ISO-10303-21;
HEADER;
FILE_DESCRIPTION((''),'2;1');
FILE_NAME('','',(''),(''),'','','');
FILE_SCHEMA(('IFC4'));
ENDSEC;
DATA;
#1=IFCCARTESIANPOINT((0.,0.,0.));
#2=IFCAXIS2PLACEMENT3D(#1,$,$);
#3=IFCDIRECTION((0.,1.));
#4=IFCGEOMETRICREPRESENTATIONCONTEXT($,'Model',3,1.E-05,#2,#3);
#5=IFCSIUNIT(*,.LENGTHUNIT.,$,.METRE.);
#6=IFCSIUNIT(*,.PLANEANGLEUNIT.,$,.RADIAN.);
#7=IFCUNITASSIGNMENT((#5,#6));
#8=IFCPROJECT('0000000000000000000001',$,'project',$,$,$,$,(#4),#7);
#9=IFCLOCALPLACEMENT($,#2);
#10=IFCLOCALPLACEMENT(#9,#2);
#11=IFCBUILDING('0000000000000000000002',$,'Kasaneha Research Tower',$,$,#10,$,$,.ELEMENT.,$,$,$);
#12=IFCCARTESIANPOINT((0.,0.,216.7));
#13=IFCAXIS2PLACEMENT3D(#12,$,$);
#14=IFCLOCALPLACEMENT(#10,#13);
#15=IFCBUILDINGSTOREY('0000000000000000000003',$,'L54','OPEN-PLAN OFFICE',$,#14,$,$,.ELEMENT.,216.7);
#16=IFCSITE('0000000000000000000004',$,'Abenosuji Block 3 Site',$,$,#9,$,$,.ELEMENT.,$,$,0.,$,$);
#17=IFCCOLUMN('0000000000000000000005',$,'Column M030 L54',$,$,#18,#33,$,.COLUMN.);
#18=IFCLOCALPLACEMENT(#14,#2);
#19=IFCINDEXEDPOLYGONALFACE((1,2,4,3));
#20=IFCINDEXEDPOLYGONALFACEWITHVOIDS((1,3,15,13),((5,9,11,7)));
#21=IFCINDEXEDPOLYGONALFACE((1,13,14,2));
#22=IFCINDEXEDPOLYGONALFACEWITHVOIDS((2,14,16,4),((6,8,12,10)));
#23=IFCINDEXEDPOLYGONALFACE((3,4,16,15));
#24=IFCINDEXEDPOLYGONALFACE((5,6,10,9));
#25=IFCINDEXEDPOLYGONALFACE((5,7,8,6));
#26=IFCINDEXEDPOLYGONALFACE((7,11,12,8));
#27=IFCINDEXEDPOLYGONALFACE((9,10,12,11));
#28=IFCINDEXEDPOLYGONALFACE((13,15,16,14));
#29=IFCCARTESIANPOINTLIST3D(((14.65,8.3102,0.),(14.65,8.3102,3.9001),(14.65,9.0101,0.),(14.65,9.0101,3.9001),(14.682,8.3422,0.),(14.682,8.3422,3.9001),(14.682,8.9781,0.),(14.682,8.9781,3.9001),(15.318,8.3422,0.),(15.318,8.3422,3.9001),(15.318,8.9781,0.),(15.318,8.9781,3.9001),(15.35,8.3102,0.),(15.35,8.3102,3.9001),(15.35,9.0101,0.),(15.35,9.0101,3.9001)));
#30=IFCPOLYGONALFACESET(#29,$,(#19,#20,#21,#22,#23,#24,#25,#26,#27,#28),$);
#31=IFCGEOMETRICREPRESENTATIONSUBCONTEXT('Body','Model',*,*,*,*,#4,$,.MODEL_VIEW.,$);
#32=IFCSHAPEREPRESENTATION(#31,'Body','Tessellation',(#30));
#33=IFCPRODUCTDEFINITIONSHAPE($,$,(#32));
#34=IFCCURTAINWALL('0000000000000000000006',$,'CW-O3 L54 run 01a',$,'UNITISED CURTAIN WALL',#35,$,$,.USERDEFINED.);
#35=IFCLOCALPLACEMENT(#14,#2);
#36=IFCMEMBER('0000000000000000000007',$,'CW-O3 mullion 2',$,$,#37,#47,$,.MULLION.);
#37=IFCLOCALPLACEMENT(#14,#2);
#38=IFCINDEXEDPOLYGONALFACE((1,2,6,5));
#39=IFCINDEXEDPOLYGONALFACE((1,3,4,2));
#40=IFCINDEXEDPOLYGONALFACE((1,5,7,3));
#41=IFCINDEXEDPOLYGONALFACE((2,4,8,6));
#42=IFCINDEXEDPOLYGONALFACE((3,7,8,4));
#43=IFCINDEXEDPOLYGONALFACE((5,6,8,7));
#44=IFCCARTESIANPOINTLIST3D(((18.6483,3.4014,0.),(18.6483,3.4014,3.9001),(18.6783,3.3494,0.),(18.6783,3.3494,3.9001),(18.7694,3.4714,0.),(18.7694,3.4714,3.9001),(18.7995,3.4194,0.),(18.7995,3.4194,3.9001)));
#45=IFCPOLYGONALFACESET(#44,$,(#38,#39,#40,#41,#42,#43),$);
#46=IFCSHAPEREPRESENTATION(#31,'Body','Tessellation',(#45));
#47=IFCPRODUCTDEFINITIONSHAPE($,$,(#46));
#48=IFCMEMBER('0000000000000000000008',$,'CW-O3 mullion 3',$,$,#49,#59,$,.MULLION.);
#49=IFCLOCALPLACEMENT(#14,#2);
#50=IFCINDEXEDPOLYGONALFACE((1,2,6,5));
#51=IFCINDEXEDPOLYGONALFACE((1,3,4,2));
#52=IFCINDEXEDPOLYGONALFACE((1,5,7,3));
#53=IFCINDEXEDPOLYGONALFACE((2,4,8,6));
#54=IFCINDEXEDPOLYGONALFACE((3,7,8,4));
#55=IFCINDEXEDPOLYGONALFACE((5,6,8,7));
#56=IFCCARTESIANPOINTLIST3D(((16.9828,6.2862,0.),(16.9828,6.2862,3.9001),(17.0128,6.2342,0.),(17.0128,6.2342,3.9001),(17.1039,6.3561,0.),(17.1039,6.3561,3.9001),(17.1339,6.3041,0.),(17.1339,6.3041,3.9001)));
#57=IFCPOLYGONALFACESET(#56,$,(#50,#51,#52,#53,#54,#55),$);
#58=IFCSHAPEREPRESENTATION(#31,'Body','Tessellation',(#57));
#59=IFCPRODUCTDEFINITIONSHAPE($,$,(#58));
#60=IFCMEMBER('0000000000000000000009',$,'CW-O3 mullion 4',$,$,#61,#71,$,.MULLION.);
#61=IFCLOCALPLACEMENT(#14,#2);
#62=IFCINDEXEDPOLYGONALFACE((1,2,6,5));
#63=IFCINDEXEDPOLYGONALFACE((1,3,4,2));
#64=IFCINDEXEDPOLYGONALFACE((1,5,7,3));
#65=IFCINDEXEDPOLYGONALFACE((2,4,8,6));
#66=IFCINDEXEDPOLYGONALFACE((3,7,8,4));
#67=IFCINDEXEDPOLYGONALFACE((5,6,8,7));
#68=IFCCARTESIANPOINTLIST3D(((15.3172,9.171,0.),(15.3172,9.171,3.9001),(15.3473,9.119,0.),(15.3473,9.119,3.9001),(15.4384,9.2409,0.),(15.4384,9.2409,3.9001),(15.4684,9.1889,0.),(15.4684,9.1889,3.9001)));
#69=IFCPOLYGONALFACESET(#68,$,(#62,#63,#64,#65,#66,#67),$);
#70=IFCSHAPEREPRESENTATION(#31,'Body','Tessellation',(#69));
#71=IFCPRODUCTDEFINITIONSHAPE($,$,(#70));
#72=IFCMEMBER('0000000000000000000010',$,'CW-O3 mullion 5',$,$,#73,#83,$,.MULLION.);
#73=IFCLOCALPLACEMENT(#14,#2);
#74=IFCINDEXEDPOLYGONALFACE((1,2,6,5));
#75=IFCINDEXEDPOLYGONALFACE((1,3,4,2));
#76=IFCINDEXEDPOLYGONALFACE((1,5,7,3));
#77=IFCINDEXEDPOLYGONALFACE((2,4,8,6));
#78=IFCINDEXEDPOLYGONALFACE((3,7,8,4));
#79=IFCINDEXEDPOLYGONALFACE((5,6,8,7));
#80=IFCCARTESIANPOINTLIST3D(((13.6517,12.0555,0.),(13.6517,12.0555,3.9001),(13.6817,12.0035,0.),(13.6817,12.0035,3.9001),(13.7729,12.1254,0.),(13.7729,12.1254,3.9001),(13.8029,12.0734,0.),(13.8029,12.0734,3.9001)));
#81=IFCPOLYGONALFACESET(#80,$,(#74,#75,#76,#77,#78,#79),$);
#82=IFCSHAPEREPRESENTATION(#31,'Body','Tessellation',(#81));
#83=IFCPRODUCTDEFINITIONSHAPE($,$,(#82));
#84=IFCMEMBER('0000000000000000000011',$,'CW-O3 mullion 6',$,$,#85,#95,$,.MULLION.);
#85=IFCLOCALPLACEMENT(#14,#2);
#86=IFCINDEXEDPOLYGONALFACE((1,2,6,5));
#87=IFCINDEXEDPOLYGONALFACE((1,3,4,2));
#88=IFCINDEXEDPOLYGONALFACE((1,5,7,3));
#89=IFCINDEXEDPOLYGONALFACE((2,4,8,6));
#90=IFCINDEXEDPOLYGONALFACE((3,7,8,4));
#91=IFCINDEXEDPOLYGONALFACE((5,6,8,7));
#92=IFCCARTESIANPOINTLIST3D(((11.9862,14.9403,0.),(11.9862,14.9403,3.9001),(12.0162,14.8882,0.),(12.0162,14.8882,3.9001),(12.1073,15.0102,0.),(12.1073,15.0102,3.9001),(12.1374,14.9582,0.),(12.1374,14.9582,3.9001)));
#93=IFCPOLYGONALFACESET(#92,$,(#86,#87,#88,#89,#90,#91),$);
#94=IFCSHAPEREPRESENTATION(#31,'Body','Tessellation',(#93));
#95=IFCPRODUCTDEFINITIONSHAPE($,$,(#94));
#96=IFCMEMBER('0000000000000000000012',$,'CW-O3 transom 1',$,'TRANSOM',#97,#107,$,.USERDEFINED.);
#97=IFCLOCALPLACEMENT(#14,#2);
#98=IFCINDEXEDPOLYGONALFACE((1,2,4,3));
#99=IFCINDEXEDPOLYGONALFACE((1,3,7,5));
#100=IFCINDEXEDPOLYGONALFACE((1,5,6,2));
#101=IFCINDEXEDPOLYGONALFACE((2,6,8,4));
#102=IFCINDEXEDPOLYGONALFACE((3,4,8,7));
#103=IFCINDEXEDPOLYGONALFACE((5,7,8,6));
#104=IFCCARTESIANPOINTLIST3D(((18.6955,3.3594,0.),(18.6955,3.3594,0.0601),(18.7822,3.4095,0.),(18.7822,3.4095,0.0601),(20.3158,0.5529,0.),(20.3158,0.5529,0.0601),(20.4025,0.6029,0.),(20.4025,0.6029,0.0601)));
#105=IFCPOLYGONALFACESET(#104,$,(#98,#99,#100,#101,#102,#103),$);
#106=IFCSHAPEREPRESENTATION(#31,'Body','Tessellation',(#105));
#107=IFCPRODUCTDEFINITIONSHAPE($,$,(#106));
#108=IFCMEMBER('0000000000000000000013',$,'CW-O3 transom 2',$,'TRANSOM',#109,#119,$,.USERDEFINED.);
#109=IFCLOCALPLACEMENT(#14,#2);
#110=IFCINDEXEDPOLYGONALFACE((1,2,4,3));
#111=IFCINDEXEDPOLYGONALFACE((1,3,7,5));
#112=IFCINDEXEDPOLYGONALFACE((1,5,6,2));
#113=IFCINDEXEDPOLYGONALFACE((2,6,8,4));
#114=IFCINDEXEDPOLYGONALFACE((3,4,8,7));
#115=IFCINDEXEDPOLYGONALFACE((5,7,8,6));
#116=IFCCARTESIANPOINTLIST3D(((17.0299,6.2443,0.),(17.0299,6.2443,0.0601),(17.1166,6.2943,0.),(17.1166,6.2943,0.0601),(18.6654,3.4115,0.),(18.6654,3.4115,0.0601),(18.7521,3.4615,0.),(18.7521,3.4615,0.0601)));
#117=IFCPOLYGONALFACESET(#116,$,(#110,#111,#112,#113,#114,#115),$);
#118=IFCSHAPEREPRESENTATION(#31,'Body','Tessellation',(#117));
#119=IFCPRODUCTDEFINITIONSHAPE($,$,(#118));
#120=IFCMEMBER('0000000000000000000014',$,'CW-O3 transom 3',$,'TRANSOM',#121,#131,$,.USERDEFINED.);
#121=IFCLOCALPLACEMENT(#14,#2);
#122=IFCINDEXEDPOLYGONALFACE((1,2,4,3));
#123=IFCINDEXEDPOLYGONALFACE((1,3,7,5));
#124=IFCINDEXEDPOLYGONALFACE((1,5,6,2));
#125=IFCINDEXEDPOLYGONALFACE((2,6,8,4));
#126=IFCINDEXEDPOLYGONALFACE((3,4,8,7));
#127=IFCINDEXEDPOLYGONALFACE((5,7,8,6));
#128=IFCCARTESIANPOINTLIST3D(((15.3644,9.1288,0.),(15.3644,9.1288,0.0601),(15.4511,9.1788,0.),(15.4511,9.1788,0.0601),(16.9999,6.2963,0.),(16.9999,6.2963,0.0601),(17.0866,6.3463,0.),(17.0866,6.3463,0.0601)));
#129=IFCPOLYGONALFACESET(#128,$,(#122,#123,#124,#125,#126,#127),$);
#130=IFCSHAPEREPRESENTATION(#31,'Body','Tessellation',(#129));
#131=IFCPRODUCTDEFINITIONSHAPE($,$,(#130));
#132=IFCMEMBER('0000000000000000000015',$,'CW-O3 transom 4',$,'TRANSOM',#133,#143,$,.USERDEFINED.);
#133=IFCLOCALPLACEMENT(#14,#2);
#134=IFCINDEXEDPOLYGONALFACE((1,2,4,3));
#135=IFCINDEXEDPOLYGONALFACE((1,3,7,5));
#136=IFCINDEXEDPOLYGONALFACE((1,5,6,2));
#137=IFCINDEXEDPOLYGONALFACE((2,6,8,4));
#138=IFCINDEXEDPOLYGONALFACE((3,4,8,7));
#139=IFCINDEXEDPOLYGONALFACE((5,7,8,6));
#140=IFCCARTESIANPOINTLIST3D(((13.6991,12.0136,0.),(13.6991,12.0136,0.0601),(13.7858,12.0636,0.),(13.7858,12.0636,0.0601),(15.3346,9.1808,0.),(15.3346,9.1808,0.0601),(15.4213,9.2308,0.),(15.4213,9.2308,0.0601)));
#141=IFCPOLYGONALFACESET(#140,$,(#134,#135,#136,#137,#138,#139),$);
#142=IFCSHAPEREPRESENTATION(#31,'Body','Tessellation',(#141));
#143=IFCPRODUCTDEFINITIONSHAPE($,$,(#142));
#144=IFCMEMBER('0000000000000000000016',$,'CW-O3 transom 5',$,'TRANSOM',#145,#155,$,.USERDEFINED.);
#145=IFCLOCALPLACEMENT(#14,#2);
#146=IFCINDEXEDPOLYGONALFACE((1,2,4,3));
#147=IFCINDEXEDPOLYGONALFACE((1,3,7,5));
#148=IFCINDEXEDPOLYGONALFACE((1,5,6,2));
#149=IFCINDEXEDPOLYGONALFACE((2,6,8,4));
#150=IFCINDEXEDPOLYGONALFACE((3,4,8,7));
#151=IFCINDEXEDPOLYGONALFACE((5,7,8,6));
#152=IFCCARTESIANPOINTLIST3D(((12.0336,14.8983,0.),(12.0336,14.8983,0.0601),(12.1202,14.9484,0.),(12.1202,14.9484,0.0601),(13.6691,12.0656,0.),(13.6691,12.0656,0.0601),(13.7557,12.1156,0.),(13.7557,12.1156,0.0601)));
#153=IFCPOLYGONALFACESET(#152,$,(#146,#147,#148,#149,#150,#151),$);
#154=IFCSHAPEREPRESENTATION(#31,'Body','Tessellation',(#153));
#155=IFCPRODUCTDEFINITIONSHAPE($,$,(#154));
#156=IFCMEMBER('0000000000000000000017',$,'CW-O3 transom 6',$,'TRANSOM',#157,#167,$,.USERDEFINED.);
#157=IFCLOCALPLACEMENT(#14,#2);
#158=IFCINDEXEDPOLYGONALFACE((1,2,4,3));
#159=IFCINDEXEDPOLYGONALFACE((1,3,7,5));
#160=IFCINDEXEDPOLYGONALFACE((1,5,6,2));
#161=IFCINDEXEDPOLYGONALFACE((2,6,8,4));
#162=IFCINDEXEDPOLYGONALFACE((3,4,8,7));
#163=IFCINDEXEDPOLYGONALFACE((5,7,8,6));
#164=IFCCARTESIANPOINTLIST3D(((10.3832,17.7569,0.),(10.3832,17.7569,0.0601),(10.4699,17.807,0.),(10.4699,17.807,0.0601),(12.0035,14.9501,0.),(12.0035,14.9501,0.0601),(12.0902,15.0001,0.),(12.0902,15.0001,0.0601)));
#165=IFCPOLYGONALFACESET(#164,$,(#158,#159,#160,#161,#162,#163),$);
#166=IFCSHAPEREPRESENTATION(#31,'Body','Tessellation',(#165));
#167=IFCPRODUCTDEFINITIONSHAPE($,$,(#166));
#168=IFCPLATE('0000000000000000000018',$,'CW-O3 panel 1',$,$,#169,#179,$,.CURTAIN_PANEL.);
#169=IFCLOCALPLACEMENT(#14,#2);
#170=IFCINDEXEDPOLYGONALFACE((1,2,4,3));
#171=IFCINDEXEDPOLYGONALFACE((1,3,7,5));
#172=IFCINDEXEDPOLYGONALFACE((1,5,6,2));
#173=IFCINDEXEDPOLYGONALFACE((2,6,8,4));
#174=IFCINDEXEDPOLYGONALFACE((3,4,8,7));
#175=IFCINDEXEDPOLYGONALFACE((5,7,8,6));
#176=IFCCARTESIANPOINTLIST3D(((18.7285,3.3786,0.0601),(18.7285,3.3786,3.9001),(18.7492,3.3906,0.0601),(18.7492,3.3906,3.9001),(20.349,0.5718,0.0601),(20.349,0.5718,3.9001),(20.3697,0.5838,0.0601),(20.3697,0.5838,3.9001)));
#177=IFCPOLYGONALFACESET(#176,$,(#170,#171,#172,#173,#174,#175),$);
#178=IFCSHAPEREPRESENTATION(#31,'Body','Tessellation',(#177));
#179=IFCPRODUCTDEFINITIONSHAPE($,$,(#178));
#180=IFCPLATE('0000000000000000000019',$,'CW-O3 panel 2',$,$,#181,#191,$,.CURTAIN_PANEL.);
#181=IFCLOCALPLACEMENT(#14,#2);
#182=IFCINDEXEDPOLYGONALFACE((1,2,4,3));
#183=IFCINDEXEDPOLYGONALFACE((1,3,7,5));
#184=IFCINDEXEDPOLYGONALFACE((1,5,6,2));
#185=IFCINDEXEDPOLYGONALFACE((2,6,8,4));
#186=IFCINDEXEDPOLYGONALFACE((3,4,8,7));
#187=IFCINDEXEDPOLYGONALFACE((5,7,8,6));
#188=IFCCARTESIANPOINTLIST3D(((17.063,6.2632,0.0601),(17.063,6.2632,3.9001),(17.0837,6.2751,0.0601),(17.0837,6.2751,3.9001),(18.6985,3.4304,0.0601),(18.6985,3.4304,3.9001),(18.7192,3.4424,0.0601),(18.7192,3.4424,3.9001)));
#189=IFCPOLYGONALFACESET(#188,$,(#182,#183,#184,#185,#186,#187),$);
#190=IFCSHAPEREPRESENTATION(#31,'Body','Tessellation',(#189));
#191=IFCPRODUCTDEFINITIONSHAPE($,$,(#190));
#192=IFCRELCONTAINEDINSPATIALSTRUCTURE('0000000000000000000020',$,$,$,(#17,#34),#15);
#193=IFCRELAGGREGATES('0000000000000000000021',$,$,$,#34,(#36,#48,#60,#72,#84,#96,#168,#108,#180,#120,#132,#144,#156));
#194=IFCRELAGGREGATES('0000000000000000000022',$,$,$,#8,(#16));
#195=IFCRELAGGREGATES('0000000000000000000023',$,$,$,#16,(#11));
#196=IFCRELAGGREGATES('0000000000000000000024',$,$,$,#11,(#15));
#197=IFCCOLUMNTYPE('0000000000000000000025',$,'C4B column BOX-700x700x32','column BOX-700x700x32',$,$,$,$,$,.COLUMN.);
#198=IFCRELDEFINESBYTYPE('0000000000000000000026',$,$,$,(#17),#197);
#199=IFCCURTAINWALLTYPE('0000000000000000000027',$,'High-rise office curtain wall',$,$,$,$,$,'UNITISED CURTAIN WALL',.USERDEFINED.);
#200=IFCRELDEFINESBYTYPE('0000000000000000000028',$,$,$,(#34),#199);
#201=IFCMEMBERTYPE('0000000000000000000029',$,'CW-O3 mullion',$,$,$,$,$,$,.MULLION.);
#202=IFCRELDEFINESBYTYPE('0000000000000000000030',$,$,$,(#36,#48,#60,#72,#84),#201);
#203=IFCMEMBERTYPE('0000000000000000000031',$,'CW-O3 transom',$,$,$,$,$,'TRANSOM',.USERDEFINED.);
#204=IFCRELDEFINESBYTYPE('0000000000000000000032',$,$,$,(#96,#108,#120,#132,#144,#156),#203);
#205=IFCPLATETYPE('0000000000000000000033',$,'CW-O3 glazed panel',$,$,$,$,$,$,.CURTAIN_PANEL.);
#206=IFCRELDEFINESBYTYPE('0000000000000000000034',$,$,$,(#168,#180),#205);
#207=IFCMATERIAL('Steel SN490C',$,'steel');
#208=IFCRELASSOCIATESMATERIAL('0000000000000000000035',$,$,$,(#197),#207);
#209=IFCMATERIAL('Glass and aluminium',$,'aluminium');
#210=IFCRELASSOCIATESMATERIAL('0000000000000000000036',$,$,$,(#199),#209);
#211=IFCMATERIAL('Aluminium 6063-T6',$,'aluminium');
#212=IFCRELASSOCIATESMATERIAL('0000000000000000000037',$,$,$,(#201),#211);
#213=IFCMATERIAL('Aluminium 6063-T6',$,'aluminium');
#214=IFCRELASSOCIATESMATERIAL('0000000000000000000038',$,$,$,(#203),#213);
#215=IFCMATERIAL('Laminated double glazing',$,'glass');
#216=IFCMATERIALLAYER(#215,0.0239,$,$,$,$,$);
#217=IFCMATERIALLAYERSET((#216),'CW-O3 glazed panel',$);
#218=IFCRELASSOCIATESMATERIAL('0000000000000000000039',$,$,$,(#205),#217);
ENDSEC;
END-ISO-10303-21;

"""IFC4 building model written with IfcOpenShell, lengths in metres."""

from ifc_helpers import new_model, si_unit, direction, frame, origin, origin_2d, place, context, subcontext, project, spatial, rectangle, hollow_rectangle, extrude, material, layer, layer_set, material_profile, profile_set, type_object, element, aggregate, save


model = new_model("IFC4")

# Units and contexts
model_context = context("Model", 3, precision=1e-05, world=origin(), true_north=direction((0.0, 1.0)))
body_context = subcontext(model_context, "Body", "Model", "MODEL_VIEW")
ifc_project = project(units=[si_unit("LENGTHUNIT", "METRE"), si_unit("PLANEANGLEUNIT", "RADIAN")], contexts=[model_context])

# Site, building, storey
site_placement = place(None, origin())
site = spatial("IfcSite", under=ifc_project, at=site_placement, Name="Abenosuji Block 3 Site", CompositionType="ELEMENT", RefElevation=0.0)
building_placement = place(site_placement, origin())
building = spatial("IfcBuilding", under=site, at=building_placement, Name="Kasaneha Research Tower", CompositionType="ELEMENT")
storey_placement = place(building_placement, frame((0.0, 0.0, 216.7)))
storey = spatial("IfcBuildingStorey", under=building, at=storey_placement, Name="L54", Description="OPEN-PLAN OFFICE", CompositionType="ELEMENT", Elevation=216.7)

# Column
ifc_material_1 = material(Name="Steel SN490C", Category="steel")
ifc_material_profile_1 = material_profile(ifc_material_1, hollow_rectangle(XDim=0.7, YDim=0.7, WallThickness=0.032, at=origin_2d()), Name="BOX-700x700x32")
ifc_profile_set_1 = profile_set([ifc_material_profile_1], Name="Steel SN490C")
column_type = type_object("IfcColumnType", Name="C4B column BOX-700x700x32", Description="column BOX-700x700x32", PredefinedType="COLUMN", material=ifc_profile_set_1)
column_placement = place(storey_placement, frame((15.0, 8.6602, 0.0), z_axis=(0.0, 0.0, 1.0), x_axis=(1.0, 0.0, 0.0)))
element("IfcColumn", 1, at=column_placement, inside=storey, type_object=column_type, Name="Column M030 L54", PredefinedType="COLUMN", context=body_context, shape_type="SweptSolid", body=[
    extrude(hollow_rectangle(XDim=0.7, YDim=0.7, WallThickness=0.032, at=origin_2d()), origin(), (0.0, 0.0, 1.0), 3.9001),
])

# Curtain wall, members, plates
ifc_material_2 = material(Name="Glass and aluminium", Category="aluminium")
curtain_wall_type = type_object("IfcCurtainWallType", Name="High-rise office curtain wall", ElementType="UNITISED CURTAIN WALL", PredefinedType="USERDEFINED", material=ifc_material_2)
curtain_wall_placement = place(storey_placement, origin())
curtain_wall = element("IfcCurtainWall", 2, at=curtain_wall_placement, inside=storey, type_object=curtain_wall_type, Name="CW-O3 L54 run 01a", ObjectType="UNITISED CURTAIN WALL", PredefinedType="USERDEFINED")
ifc_material_3 = material(Name="Aluminium 6063-T6", Category="aluminium")
ifc_material_profile_2 = material_profile(ifc_material_3, rectangle(XDim=0.0601, YDim=0.1399, at=origin_2d()), Name="CW-O3 mullion 60x140")
ifc_profile_set_2 = profile_set([ifc_material_profile_2], Name="Aluminium 6063-T6")
member_type_1 = type_object("IfcMemberType", Name="CW-O3 mullion", PredefinedType="MULLION", material=ifc_profile_set_2)
member_1_placement = place(storey_placement, frame((18.7239, 3.4104, 0.0), z_axis=(0.0, 0.0, 1.0), x_axis=(-0.5, 0.866025, 0.0)))
member_1 = element("IfcMember", 3, at=member_1_placement, type_object=member_type_1, Name="CW-O3 mullion 2", PredefinedType="MULLION", context=body_context, shape_type="SweptSolid", body=[
    extrude(rectangle(XDim=0.0601, YDim=0.1399, at=origin_2d()), origin(), (0.0, 0.0, 1.0), 3.9001),
])
member_2_placement = place(storey_placement, frame((17.0583, 6.2952, 0.0), z_axis=(0.0, 0.0, 1.0), x_axis=(-0.5, 0.866025, 0.0)))
member_2 = element("IfcMember", 4, at=member_2_placement, type_object=member_type_1, Name="CW-O3 mullion 3", PredefinedType="MULLION", context=body_context, shape_type="SweptSolid", body=[
    extrude(rectangle(XDim=0.0601, YDim=0.1399, at=origin_2d()), origin(), (0.0, 0.0, 1.0), 3.9001),
])
member_3_placement = place(storey_placement, frame((15.3928, 9.1799, 0.0), z_axis=(0.0, 0.0, 1.0), x_axis=(-0.5, 0.866025, 0.0)))
member_3 = element("IfcMember", 5, at=member_3_placement, type_object=member_type_1, Name="CW-O3 mullion 4", PredefinedType="MULLION", context=body_context, shape_type="SweptSolid", body=[
    extrude(rectangle(XDim=0.0601, YDim=0.1399, at=origin_2d()), origin(), (0.0, 0.0, 1.0), 3.9001),
])
member_4_placement = place(storey_placement, frame((13.7273, 12.0645, 0.0), z_axis=(0.0, 0.0, 1.0), x_axis=(-0.5, 0.866025, 0.0)))
member_4 = element("IfcMember", 6, at=member_4_placement, type_object=member_type_1, Name="CW-O3 mullion 5", PredefinedType="MULLION", context=body_context, shape_type="SweptSolid", body=[
    extrude(rectangle(XDim=0.0601, YDim=0.1399, at=origin_2d()), origin(), (0.0, 0.0, 1.0), 3.9001),
])
member_5_placement = place(storey_placement, frame((12.0618, 14.9492, 0.0), z_axis=(0.0, 0.0, 1.0), x_axis=(-0.5, 0.866025, 0.0)))
member_5 = element("IfcMember", 7, at=member_5_placement, type_object=member_type_1, Name="CW-O3 mullion 6", PredefinedType="MULLION", context=body_context, shape_type="SweptSolid", body=[
    extrude(rectangle(XDim=0.0601, YDim=0.1399, at=origin_2d()), origin(), (0.0, 0.0, 1.0), 3.9001),
])
ifc_material_4 = material(Name="Aluminium 6063-T6", Category="aluminium")
ifc_material_profile_3 = material_profile(ifc_material_4, rectangle(XDim=0.1001, YDim=0.0601, at=origin_2d()), Name="CW-O3 transom 100x60")
ifc_profile_set_3 = profile_set([ifc_material_profile_3], Name="Aluminium 6063-T6")
member_type_2 = type_object("IfcMemberType", Name="CW-O3 transom", ElementType="TRANSOM", PredefinedType="USERDEFINED", material=ifc_profile_set_3)
member_6_placement = place(storey_placement, frame((20.3591, 0.5779, 0.03), z_axis=(-0.499988, 0.866033, 0.0), x_axis=(-0.866033, -0.499988, 0.0)))
member_6 = element("IfcMember", 8, at=member_6_placement, type_object=member_type_2, Name="CW-O3 transom 1", ObjectType="TRANSOM", PredefinedType="USERDEFINED", context=body_context, shape_type="SweptSolid", body=[
    extrude(rectangle(XDim=0.1001, YDim=0.0601, at=origin_2d()), origin(), (0.0, 0.0, 1.0), 3.2407),
])
member_7_placement = place(storey_placement, frame((18.7087, 3.4365, 0.03), z_axis=(-0.5, 0.866025, 0.0), x_axis=(-0.866025, -0.5, 0.0)))
member_7 = element("IfcMember", 9, at=member_7_placement, type_object=member_type_2, Name="CW-O3 transom 2", ObjectType="TRANSOM", PredefinedType="USERDEFINED", context=body_context, shape_type="SweptSolid", body=[
    extrude(rectangle(XDim=0.1001, YDim=0.0601, at=origin_2d()), origin(), (0.0, 0.0, 1.0), 3.271),
])
member_8_placement = place(storey_placement, frame((17.0432, 6.3213, 0.03), z_axis=(-0.500033, 0.866007, 0.0), x_axis=(-0.866007, -0.500033, 0.0)))
member_8 = element("IfcMember", 10, at=member_8_placement, type_object=member_type_2, Name="CW-O3 transom 3", ObjectType="TRANSOM", PredefinedType="USERDEFINED", context=body_context, shape_type="SweptSolid", body=[
    extrude(rectangle(XDim=0.1001, YDim=0.0601, at=origin_2d()), origin(), (0.0, 0.0, 1.0), 3.2708),
])
member_9_placement = place(storey_placement, frame((15.3779, 9.2058, 0.03), z_axis=(-0.5, 0.866025, 0.0), x_axis=(-0.866025, -0.5, 0.0)))
member_9 = element("IfcMember", 11, at=member_9_placement, type_object=member_type_2, Name="CW-O3 transom 4", ObjectType="TRANSOM", PredefinedType="USERDEFINED", context=body_context, shape_type="SweptSolid", body=[
    extrude(rectangle(XDim=0.1001, YDim=0.0601, at=origin_2d()), origin(), (0.0, 0.0, 1.0), 3.271),
])
member_10_placement = place(storey_placement, frame((13.7124, 12.0906, 0.03), z_axis=(-0.5, 0.866025, 0.0), x_axis=(-0.866025, -0.5, 0.0)))
member_10 = element("IfcMember", 12, at=member_10_placement, type_object=member_type_2, Name="CW-O3 transom 5", ObjectType="TRANSOM", PredefinedType="USERDEFINED", context=body_context, shape_type="SweptSolid", body=[
    extrude(rectangle(XDim=0.1001, YDim=0.0601, at=origin_2d()), origin(), (0.0, 0.0, 1.0), 3.271),
])
member_11_placement = place(storey_placement, frame((12.0469, 14.9751, 0.03), z_axis=(-0.499955, 0.866051, 0.0), x_axis=(-0.866051, -0.499955, 0.0)))
member_11 = element("IfcMember", 13, at=member_11_placement, type_object=member_type_2, Name="CW-O3 transom 6", ObjectType="TRANSOM", PredefinedType="USERDEFINED", context=body_context, shape_type="SweptSolid", body=[
    extrude(rectangle(XDim=0.1001, YDim=0.0601, at=origin_2d()), origin(), (0.0, 0.0, 1.0), 3.241),
])
ifc_material_5 = material(Name="Laminated double glazing", Category="glass")
ifc_layer_1 = layer(ifc_material_5, 0.0239)
ifc_layer_set_1 = layer_set([ifc_layer_1], Name="CW-O3 glazed panel")
plate_type = type_object("IfcPlateType", Name="CW-O3 glazed panel", PredefinedType="CURTAIN_PANEL", material=ifc_layer_set_1)
plate_1_placement = place(storey_placement, frame((19.5491, 1.9812, 0.0601), z_axis=(0.0, 0.0, 1.0), x_axis=(-0.5, 0.866025, 0.0)))
plate_1 = element("IfcPlate", 14, at=plate_1_placement, type_object=plate_type, Name="CW-O3 panel 1", PredefinedType="CURTAIN_PANEL", context=body_context, shape_type="SweptSolid", body=[
    extrude(rectangle(XDim=3.241, YDim=0.0239, at=origin_2d()), origin(), (0.0, 0.0, 1.0), 3.8401),
])
plate_2_placement = place(storey_placement, frame((17.8911, 4.8528, 0.0601), z_axis=(0.0, 0.0, 1.0), x_axis=(-0.5, 0.866025, 0.0)))
plate_2 = element("IfcPlate", 15, at=plate_2_placement, type_object=plate_type, Name="CW-O3 panel 2", PredefinedType="CURTAIN_PANEL", context=body_context, shape_type="SweptSolid", body=[
    extrude(rectangle(XDim=3.271, YDim=0.0239, at=origin_2d()), origin(), (0.0, 0.0, 1.0), 3.8401),
])
aggregate(curtain_wall, [member_1, member_2, member_3, member_4, member_5, member_6, plate_1, member_7, plate_2, member_8, member_9, member_10, member_11])

save(model, "model.ifc")
